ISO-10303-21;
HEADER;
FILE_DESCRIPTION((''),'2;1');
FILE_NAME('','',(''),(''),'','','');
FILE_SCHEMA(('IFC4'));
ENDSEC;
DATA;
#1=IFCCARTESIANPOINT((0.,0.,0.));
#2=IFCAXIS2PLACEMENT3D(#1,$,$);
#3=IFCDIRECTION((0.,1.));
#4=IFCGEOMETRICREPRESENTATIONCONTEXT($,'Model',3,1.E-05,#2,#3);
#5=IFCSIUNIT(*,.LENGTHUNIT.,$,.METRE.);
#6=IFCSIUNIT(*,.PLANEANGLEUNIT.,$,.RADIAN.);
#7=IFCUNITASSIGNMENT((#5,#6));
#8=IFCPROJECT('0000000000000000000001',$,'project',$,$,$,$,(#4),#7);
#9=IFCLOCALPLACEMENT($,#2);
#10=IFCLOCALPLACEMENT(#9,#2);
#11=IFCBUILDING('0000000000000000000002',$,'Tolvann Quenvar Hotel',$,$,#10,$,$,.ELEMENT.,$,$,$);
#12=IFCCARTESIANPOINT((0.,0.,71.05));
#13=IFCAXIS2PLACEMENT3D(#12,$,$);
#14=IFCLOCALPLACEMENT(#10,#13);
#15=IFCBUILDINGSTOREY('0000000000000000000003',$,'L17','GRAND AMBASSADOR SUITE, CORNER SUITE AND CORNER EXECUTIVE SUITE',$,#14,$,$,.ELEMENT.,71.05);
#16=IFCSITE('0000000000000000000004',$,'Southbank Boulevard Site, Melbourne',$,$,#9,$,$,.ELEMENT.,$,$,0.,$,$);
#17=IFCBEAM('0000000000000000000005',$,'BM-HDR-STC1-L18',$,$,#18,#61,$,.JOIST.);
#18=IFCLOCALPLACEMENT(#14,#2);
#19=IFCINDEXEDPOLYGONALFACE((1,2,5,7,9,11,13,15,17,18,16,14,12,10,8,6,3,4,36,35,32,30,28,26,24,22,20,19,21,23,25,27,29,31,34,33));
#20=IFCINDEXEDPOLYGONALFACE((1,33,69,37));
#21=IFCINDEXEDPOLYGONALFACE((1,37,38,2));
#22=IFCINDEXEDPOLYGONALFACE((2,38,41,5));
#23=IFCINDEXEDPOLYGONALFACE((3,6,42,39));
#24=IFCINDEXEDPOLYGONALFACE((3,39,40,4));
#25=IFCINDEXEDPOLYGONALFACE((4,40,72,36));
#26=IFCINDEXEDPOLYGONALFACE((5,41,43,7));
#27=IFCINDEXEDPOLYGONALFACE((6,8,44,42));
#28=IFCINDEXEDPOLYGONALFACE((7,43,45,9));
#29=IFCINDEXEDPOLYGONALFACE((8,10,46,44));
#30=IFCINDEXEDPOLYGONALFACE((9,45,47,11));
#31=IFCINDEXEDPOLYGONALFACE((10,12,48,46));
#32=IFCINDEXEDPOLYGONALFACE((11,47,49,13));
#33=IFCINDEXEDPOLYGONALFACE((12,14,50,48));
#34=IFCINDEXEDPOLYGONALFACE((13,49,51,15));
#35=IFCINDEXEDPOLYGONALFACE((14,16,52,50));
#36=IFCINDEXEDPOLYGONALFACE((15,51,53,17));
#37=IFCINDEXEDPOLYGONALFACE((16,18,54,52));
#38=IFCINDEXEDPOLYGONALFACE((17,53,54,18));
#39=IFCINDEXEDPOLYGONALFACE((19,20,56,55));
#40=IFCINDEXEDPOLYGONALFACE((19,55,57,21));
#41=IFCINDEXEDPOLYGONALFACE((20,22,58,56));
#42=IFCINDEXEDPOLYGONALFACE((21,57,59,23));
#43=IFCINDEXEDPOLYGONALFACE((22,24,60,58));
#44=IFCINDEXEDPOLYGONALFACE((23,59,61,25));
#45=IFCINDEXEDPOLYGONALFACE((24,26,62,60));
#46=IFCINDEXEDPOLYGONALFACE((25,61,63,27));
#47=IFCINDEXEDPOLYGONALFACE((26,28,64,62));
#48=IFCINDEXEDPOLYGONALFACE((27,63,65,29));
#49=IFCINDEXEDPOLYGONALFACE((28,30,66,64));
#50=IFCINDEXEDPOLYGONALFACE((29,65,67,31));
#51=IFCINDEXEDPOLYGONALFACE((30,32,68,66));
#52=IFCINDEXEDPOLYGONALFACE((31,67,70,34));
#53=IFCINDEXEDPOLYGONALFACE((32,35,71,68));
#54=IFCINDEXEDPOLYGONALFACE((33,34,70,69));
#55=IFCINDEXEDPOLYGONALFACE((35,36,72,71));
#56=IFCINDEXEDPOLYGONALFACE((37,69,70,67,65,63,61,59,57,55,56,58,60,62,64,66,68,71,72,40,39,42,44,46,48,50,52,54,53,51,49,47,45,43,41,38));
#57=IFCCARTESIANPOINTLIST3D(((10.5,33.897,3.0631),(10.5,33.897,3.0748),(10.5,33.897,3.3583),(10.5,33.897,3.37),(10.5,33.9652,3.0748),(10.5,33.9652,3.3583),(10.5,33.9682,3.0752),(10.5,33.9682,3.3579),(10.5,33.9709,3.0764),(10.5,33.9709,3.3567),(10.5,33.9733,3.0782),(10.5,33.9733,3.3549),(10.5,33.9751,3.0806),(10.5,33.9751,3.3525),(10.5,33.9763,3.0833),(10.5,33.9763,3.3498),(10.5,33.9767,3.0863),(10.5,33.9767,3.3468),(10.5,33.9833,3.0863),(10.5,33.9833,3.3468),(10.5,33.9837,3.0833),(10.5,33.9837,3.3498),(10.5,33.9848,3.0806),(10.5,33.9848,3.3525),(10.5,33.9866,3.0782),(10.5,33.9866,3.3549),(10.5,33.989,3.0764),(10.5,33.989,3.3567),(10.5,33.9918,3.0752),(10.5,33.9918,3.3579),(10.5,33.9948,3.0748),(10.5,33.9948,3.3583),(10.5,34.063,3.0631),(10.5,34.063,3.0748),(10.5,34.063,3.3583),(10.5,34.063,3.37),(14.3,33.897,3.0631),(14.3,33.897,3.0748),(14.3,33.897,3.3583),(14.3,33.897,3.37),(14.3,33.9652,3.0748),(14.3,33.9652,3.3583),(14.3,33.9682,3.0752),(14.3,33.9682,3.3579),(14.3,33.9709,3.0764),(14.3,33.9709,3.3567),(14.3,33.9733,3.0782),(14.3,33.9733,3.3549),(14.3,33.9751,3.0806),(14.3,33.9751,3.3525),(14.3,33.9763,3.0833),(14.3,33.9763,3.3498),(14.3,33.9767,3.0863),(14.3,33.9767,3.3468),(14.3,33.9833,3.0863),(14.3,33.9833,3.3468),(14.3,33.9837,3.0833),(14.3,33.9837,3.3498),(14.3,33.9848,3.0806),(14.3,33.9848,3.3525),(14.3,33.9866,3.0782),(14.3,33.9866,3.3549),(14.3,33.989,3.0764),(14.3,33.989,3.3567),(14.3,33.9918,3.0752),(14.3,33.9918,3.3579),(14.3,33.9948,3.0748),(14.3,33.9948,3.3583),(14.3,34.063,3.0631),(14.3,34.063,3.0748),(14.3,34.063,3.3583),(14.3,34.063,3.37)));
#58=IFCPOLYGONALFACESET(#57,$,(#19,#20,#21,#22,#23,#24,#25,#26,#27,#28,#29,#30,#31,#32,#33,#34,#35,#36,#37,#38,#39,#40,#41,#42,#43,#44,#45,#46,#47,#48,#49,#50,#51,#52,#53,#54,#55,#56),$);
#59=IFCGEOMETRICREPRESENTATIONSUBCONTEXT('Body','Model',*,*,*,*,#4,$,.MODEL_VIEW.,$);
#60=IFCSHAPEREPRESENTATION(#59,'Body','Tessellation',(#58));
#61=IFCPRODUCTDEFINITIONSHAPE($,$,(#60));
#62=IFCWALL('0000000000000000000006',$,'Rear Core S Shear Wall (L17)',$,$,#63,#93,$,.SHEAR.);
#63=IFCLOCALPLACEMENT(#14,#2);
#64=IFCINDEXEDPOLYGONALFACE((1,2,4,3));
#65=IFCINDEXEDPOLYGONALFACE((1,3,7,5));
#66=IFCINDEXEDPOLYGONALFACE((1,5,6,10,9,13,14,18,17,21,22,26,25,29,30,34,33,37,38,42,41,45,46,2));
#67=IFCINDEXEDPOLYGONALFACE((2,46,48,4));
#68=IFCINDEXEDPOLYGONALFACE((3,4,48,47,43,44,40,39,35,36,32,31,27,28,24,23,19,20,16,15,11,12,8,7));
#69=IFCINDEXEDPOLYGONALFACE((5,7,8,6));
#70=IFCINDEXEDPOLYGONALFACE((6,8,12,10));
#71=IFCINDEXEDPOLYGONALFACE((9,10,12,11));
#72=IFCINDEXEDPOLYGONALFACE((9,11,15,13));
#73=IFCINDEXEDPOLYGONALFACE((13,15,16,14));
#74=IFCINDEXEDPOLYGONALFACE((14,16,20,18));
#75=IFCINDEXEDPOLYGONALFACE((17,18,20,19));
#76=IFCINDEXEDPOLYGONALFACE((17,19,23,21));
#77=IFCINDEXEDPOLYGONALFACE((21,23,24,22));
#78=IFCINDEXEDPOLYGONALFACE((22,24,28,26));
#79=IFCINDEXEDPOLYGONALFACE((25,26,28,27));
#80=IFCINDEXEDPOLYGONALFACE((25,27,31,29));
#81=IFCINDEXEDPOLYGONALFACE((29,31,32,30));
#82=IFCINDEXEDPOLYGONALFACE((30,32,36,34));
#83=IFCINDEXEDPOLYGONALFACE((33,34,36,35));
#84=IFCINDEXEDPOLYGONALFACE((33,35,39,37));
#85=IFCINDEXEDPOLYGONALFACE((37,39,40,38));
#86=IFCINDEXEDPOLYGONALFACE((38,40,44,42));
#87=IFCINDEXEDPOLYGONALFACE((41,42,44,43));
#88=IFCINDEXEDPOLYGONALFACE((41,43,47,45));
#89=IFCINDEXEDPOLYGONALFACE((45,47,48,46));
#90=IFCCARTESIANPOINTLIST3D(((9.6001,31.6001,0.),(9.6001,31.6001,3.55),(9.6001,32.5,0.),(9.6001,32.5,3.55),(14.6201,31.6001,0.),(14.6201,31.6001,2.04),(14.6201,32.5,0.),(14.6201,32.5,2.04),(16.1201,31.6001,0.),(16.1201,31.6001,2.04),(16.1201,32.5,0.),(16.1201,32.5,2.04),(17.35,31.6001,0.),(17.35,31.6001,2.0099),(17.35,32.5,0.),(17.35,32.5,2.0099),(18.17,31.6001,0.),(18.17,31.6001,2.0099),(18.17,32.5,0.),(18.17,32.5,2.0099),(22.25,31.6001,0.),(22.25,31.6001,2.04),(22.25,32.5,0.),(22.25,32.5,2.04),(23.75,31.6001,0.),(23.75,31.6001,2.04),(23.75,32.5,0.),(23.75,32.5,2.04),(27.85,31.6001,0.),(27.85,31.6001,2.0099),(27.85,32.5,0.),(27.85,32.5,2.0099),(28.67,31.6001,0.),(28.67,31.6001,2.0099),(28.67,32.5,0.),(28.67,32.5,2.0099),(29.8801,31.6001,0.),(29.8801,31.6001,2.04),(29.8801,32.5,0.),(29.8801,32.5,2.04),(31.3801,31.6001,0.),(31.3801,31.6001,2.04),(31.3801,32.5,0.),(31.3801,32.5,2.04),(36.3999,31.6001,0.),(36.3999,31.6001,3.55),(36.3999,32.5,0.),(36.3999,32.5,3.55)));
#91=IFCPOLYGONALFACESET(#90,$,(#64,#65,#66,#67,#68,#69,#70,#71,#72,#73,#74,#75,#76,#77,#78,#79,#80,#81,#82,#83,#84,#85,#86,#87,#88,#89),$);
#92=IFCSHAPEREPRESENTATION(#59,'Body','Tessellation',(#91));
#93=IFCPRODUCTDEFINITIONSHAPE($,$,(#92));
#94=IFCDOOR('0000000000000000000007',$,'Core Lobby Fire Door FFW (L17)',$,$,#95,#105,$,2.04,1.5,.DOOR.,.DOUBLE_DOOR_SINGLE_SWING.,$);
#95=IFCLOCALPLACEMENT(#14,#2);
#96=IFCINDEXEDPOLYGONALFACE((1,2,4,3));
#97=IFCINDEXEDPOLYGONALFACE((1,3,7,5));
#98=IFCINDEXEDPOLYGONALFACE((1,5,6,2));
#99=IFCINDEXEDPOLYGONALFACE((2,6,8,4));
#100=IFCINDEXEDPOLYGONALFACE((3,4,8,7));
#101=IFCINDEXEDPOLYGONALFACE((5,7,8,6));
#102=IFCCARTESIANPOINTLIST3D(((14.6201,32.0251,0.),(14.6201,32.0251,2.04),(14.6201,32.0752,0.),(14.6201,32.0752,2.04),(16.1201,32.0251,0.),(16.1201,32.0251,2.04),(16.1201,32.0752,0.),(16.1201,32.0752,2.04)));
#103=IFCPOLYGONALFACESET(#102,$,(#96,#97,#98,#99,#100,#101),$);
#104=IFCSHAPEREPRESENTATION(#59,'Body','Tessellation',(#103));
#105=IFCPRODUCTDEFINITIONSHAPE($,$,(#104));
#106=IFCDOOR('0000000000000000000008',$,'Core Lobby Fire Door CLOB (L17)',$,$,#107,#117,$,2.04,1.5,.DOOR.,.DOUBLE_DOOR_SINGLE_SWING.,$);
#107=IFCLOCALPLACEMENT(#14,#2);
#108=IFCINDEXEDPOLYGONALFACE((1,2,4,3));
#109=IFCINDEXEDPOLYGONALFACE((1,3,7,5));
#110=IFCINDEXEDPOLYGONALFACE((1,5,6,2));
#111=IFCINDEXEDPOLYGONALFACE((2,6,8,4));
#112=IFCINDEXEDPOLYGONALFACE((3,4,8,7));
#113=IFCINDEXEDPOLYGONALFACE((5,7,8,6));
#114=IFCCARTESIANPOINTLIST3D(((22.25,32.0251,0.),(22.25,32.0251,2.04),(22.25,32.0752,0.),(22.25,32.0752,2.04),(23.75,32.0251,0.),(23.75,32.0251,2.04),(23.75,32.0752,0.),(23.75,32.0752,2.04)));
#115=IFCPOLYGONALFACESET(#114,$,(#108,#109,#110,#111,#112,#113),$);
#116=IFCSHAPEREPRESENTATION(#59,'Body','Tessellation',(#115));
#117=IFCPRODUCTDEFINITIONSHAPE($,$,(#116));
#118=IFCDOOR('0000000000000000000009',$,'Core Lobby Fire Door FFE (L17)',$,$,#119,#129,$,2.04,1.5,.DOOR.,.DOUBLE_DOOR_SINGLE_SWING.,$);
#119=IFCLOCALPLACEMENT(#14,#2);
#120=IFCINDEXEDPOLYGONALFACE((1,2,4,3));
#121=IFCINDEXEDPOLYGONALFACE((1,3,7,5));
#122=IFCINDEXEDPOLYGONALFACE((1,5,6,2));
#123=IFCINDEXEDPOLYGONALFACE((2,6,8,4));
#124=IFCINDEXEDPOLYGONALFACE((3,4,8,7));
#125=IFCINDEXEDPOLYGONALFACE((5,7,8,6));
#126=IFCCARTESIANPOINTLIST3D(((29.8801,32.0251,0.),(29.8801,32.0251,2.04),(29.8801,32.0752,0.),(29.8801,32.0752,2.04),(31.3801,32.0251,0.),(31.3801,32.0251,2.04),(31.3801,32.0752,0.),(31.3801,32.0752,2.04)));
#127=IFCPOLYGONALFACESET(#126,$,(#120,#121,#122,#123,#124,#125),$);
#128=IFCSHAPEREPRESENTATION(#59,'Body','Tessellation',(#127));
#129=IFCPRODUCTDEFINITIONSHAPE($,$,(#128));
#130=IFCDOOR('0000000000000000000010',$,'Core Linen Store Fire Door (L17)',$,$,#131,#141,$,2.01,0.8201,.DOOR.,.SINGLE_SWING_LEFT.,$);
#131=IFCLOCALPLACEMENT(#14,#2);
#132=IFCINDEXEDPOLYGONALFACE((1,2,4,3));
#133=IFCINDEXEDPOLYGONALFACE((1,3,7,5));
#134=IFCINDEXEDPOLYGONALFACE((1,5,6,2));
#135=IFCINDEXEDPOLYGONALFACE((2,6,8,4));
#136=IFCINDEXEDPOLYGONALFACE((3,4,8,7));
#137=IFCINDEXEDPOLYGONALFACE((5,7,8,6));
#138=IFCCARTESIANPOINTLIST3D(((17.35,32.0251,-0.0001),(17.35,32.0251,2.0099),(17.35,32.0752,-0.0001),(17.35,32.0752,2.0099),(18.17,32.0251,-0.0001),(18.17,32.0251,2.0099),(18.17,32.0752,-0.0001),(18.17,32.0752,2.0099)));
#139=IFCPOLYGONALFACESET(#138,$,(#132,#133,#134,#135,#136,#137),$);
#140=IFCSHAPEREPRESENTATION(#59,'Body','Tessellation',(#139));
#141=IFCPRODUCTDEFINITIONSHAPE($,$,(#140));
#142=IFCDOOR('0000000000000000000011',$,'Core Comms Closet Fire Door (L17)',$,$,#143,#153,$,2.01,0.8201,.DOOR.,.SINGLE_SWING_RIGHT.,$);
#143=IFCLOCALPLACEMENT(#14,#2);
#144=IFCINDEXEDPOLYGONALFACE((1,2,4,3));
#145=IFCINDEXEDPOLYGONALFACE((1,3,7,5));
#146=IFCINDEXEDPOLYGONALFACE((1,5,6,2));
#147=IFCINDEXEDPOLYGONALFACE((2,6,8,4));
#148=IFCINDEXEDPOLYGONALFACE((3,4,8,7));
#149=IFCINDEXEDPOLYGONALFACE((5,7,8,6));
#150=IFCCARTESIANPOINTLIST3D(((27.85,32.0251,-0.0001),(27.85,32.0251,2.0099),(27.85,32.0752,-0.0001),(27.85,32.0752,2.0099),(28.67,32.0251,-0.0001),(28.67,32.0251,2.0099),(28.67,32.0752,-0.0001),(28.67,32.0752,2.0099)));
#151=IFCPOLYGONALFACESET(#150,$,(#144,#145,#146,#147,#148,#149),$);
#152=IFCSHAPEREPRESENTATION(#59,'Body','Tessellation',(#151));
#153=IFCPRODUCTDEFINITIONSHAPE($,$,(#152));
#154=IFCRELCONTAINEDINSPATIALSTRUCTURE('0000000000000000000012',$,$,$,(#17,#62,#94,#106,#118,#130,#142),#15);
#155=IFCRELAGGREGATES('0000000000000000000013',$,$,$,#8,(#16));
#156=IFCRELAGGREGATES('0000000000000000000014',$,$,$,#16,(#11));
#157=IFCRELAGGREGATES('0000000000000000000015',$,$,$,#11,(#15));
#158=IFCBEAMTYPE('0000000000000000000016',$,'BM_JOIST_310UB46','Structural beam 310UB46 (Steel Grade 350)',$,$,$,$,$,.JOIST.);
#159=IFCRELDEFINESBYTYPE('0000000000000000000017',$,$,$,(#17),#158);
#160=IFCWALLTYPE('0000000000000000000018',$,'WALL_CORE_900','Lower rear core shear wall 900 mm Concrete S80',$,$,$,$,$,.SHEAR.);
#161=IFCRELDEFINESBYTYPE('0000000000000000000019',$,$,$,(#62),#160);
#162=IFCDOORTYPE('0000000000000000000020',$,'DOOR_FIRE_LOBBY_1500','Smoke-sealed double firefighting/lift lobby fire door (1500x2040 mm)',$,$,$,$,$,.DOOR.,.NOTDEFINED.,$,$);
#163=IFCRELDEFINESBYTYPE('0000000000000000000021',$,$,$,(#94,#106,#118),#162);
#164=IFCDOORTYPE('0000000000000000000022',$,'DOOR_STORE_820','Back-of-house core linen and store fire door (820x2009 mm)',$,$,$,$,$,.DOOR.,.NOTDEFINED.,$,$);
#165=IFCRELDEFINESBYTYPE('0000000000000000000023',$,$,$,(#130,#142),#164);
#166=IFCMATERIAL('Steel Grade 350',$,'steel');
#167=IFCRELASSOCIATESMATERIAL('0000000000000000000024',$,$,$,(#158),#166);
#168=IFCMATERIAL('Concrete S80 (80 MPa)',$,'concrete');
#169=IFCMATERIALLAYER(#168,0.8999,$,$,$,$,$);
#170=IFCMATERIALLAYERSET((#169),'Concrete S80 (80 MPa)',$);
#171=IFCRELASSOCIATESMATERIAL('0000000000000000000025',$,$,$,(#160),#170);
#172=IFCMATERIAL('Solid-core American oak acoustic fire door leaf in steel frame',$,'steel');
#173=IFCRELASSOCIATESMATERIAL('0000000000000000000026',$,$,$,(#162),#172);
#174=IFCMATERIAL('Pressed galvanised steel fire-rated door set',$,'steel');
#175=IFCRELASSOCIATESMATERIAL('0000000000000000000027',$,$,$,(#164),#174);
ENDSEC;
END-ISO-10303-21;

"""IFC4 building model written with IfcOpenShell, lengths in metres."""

from ifc_helpers import new_model, si_unit, direction, frame, frame_2d, origin, origin_2d, place, context, subcontext, project, spatial, rectangle, i_section, extrude, source, transform, mapped, material, layer, layer_set, material_profile, profile_set, type_object, type_shapes, element, fill, save


model = new_model("IFC4")

# Units and contexts
model_context = context("Model", 3, precision=1e-05, world=origin(), true_north=direction((0.0, 1.0)))
body_context = subcontext(model_context, "Body", "Model", "MODEL_VIEW")
ifc_project = project(units=[si_unit("LENGTHUNIT", "METRE"), si_unit("PLANEANGLEUNIT", "RADIAN")], contexts=[model_context])

# Site, building, storey
site_placement = place(None, origin())
site = spatial("IfcSite", under=ifc_project, at=site_placement, Name="Southbank Boulevard Site, Melbourne", CompositionType="ELEMENT", RefElevation=0.0)
building_placement = place(site_placement, origin())
building = spatial("IfcBuilding", under=site, at=building_placement, Name="Tolvann Quenvar Hotel", CompositionType="ELEMENT")
storey_placement = place(building_placement, frame((0.0, 0.0, 71.05)))
storey = spatial("IfcBuildingStorey", under=building, at=storey_placement, Name="L17", Description="GRAND AMBASSADOR SUITE, CORNER SUITE AND CORNER EXECUTIVE SUITE", CompositionType="ELEMENT", Elevation=71.05)

# Beam
ifc_material_1 = material(Name="Steel Grade 350", Category="steel")
ifc_material_profile_1 = material_profile(ifc_material_1, i_section(OverallWidth=0.166, OverallDepth=0.3069, WebThickness=0.0066, FlangeThickness=0.0117, FilletRadius=0.0115, at=origin_2d()), Name="310UB46")
ifc_profile_set_1 = profile_set([ifc_material_profile_1], Name="Steel Grade 350")
beam_type_1 = type_object("IfcBeamType", Name="BM_JOIST_310UB46", Description="Structural beam 310UB46 (Steel Grade 350)", PredefinedType="JOIST", material=ifc_profile_set_1)
shared_shape_1 = source(origin(), body_context, "Body", "SweptSolid", [
    extrude(i_section(OverallWidth=0.166, OverallDepth=0.3069, WebThickness=0.0066, FlangeThickness=0.0117, FilletRadius=0.0115, at=origin_2d()), origin(), (0.0, 0.0, 1.0), 3.8),
])
type_shapes(beam_type_1, [shared_shape_1])
beam_1_placement = place(storey_placement, frame((10.5, 33.98, 3.2166), z_axis=(1.0, 0.0, 0.0), x_axis=(0.0, 1.0, 0.0)))
element("IfcBeam", 1, at=beam_1_placement, inside=storey, type_object=beam_type_1, Name="BM-HDR-STC1-L18", PredefinedType="JOIST", context=body_context, shape_type="MappedRepresentation", body=[
    mapped(shared_shape_1, transform((0.0, 0.0, 0.0), x_axis=(1.0, 0.0, 0.0), y_axis=(0.0, 1.0, 0.0), z_axis=(0.0, 0.0, 1.0), scale=1.0)),
])

# Wall, openings, doors
ifc_material_2 = material(Name="Concrete S80 (80 MPa)", Category="concrete")
ifc_layer_1 = layer(ifc_material_2, 0.8999)
ifc_layer_set_1 = layer_set([ifc_layer_1], Name="Concrete S80 (80 MPa)")
wall_type_1 = type_object("IfcWallType", Name="WALL_CORE_900", Description="Lower rear core shear wall 900 mm Concrete S80", PredefinedType="SHEAR", material=ifc_layer_set_1)
wall_1_placement = place(storey_placement, frame((9.6001, 32.05, 0.0), z_axis=(0.0, 0.0, 1.0), x_axis=(1.0, 0.0, 0.0)))
wall_1 = element("IfcWall", 2, at=wall_1_placement, inside=storey, type_object=wall_type_1, Name="Rear Core S Shear Wall (L17)", PredefinedType="SHEAR", context=body_context, shape_type="SweptSolid", body=[
    extrude(rectangle(XDim=26.7998, YDim=0.8999, at=frame_2d((13.3999, 0.0))), origin(), (0.0, 0.0, 1.0), 3.55),
])
opening_1_placement = place(wall_1_placement, frame((6.52, 0.0, 0.0), z_axis=(0.0, 0.0, 1.0), x_axis=(-1.0, 0.0, 0.0)))
opening_1 = element("IfcOpeningElement", 3, at=opening_1_placement, cuts=wall_1, PredefinedType="OPENING", context=body_context, shape_type="SweptSolid", body=[
    extrude(rectangle(XDim=1.5, YDim=2.04, at=frame_2d((0.75, 1.02))), frame((0.0, 0.46, 0.0), z_axis=(0.0, -1.0, 0.0), x_axis=(1.0, 0.0, 0.0)), (0.0, 0.0, 1.0), 0.9199),
])
opening_2_placement = place(wall_1_placement, frame((14.1499, 0.0, 0.0), z_axis=(0.0, 0.0, 1.0), x_axis=(-1.0, 0.0, 0.0)))
opening_2 = element("IfcOpeningElement", 4, at=opening_2_placement, cuts=wall_1, PredefinedType="OPENING", context=body_context, shape_type="SweptSolid", body=[
    extrude(rectangle(XDim=1.5, YDim=2.04, at=frame_2d((0.75, 1.02))), frame((0.0, 0.46, 0.0), z_axis=(0.0, -1.0, 0.0), x_axis=(1.0, 0.0, 0.0)), (0.0, 0.0, 1.0), 0.9199),
])
opening_3_placement = place(wall_1_placement, frame((21.78, 0.0, 0.0), z_axis=(0.0, 0.0, 1.0), x_axis=(-1.0, 0.0, 0.0)))
opening_3 = element("IfcOpeningElement", 5, at=opening_3_placement, cuts=wall_1, PredefinedType="OPENING", context=body_context, shape_type="SweptSolid", body=[
    extrude(rectangle(XDim=1.5, YDim=2.04, at=frame_2d((0.75, 1.02))), frame((0.0, 0.46, 0.0), z_axis=(0.0, -1.0, 0.0), x_axis=(1.0, 0.0, 0.0)), (0.0, 0.0, 1.0), 0.9199),
])
opening_4_placement = place(wall_1_placement, frame((8.5701, 0.0, 0.0), z_axis=(0.0, 0.0, 1.0), x_axis=(-1.0, 0.0, 0.0)))
opening_4 = element("IfcOpeningElement", 6, at=opening_4_placement, cuts=wall_1, PredefinedType="OPENING", context=body_context, shape_type="SweptSolid", body=[
    extrude(rectangle(XDim=0.8201, YDim=2.01, at=frame_2d((0.4102, 1.0049))), frame((0.0, 0.46, 0.0), z_axis=(0.0, -1.0, 0.0), x_axis=(1.0, 0.0, 0.0)), (0.0, 0.0, 1.0), 0.9199),
])
opening_5_placement = place(wall_1_placement, frame((19.0701, 0.0, 0.0), z_axis=(0.0, 0.0, 1.0), x_axis=(-1.0, 0.0, 0.0)))
opening_5 = element("IfcOpeningElement", 7, at=opening_5_placement, cuts=wall_1, PredefinedType="OPENING", context=body_context, shape_type="SweptSolid", body=[
    extrude(rectangle(XDim=0.8201, YDim=2.01, at=frame_2d((0.4102, 1.0049))), frame((0.0, 0.46, 0.0), z_axis=(0.0, -1.0, 0.0), x_axis=(1.0, 0.0, 0.0)), (0.0, 0.0, 1.0), 0.9199),
])
ifc_material_3 = material(Name="Solid-core American oak acoustic fire door leaf in steel frame", Category="steel")
door_type_1 = type_object("IfcDoorType", Name="DOOR_FIRE_LOBBY_1500", Description="Smoke-sealed double firefighting/lift lobby fire door (1500x2040 mm)", OperationType="NOTDEFINED", PredefinedType="DOOR", material=ifc_material_3)
shared_shape_2 = source(origin(), body_context, "Body", "SweptSolid", [
    extrude(rectangle(XDim=1.5, YDim=2.04, at=frame_2d((0.75, 1.02))), frame((0.0, 0.0249, 0.0), z_axis=(0.0, -1.0, 0.0), x_axis=(1.0, 0.0, 0.0)), (0.0, 0.0, 1.0), 0.05),
])
type_shapes(door_type_1, [shared_shape_2])
door_1_placement = place(opening_1_placement, origin())
door_1 = element("IfcDoor", 8, at=door_1_placement, inside=storey, type_object=door_type_1, Name="Core Lobby Fire Door FFW (L17)", OperationType="DOUBLE_DOOR_SINGLE_SWING", OverallHeight=2.04, OverallWidth=1.5, PredefinedType="DOOR", context=body_context, shape_type="MappedRepresentation", body=[
    mapped(shared_shape_2, transform((0.0, 0.0, 0.0), x_axis=(1.0, 0.0, 0.0), y_axis=(0.0, 1.0, 0.0), z_axis=(0.0, 0.0, 1.0), scale=1.0)),
])
fill(opening_1, door_1)
door_2_placement = place(opening_2_placement, origin())
door_2 = element("IfcDoor", 9, at=door_2_placement, inside=storey, type_object=door_type_1, Name="Core Lobby Fire Door CLOB (L17)", OperationType="DOUBLE_DOOR_SINGLE_SWING", OverallHeight=2.04, OverallWidth=1.5, PredefinedType="DOOR", context=body_context, shape_type="MappedRepresentation", body=[
    mapped(shared_shape_2, transform((0.0, 0.0, 0.0), x_axis=(1.0, 0.0, 0.0), y_axis=(0.0, 1.0, 0.0), z_axis=(0.0, 0.0, 1.0), scale=1.0)),
])
fill(opening_2, door_2)
door_3_placement = place(opening_3_placement, origin())
door_3 = element("IfcDoor", 10, at=door_3_placement, inside=storey, type_object=door_type_1, Name="Core Lobby Fire Door FFE (L17)", OperationType="DOUBLE_DOOR_SINGLE_SWING", OverallHeight=2.04, OverallWidth=1.5, PredefinedType="DOOR", context=body_context, shape_type="MappedRepresentation", body=[
    mapped(shared_shape_2, transform((0.0, 0.0, 0.0), x_axis=(1.0, 0.0, 0.0), y_axis=(0.0, 1.0, 0.0), z_axis=(0.0, 0.0, 1.0), scale=1.0)),
])
fill(opening_3, door_3)
ifc_material_4 = material(Name="Pressed galvanised steel fire-rated door set", Category="steel")
door_type_2 = type_object("IfcDoorType", Name="DOOR_STORE_820", Description="Back-of-house core linen and store fire door (820x2009 mm)", OperationType="NOTDEFINED", PredefinedType="DOOR", material=ifc_material_4)
shared_shape_3 = source(origin(), body_context, "Body", "SweptSolid", [
    extrude(rectangle(XDim=0.8201, YDim=2.01, at=frame_2d((0.4102, 1.0049))), frame((0.0, 0.0249, 0.0), z_axis=(0.0, -1.0, 0.0), x_axis=(1.0, 0.0, 0.0)), (0.0, 0.0, 1.0), 0.05),
])
type_shapes(door_type_2, [shared_shape_3])
door_4_placement = place(opening_4_placement, origin())
door_4 = element("IfcDoor", 11, at=door_4_placement, inside=storey, type_object=door_type_2, Name="Core Linen Store Fire Door (L17)", OperationType="SINGLE_SWING_LEFT", OverallHeight=2.01, OverallWidth=0.8201, PredefinedType="DOOR", context=body_context, shape_type="MappedRepresentation", body=[
    mapped(shared_shape_3, transform((0.0, 0.0, 0.0), x_axis=(1.0, 0.0, 0.0), y_axis=(0.0, 1.0, 0.0), z_axis=(0.0, 0.0, 1.0), scale=1.0)),
])
fill(opening_4, door_4)
door_5_placement = place(opening_5_placement, origin())
door_5 = element("IfcDoor", 12, at=door_5_placement, inside=storey, type_object=door_type_2, Name="Core Comms Closet Fire Door (L17)", OperationType="SINGLE_SWING_RIGHT", OverallHeight=2.01, OverallWidth=0.8201, PredefinedType="DOOR", context=body_context, shape_type="MappedRepresentation", body=[
    mapped(shared_shape_3, transform((0.0, 0.0, 0.0), x_axis=(1.0, 0.0, 0.0), y_axis=(0.0, 1.0, 0.0), z_axis=(0.0, 0.0, 1.0), scale=1.0)),
])
fill(opening_5, door_5)

save(model, "model.ifc")
